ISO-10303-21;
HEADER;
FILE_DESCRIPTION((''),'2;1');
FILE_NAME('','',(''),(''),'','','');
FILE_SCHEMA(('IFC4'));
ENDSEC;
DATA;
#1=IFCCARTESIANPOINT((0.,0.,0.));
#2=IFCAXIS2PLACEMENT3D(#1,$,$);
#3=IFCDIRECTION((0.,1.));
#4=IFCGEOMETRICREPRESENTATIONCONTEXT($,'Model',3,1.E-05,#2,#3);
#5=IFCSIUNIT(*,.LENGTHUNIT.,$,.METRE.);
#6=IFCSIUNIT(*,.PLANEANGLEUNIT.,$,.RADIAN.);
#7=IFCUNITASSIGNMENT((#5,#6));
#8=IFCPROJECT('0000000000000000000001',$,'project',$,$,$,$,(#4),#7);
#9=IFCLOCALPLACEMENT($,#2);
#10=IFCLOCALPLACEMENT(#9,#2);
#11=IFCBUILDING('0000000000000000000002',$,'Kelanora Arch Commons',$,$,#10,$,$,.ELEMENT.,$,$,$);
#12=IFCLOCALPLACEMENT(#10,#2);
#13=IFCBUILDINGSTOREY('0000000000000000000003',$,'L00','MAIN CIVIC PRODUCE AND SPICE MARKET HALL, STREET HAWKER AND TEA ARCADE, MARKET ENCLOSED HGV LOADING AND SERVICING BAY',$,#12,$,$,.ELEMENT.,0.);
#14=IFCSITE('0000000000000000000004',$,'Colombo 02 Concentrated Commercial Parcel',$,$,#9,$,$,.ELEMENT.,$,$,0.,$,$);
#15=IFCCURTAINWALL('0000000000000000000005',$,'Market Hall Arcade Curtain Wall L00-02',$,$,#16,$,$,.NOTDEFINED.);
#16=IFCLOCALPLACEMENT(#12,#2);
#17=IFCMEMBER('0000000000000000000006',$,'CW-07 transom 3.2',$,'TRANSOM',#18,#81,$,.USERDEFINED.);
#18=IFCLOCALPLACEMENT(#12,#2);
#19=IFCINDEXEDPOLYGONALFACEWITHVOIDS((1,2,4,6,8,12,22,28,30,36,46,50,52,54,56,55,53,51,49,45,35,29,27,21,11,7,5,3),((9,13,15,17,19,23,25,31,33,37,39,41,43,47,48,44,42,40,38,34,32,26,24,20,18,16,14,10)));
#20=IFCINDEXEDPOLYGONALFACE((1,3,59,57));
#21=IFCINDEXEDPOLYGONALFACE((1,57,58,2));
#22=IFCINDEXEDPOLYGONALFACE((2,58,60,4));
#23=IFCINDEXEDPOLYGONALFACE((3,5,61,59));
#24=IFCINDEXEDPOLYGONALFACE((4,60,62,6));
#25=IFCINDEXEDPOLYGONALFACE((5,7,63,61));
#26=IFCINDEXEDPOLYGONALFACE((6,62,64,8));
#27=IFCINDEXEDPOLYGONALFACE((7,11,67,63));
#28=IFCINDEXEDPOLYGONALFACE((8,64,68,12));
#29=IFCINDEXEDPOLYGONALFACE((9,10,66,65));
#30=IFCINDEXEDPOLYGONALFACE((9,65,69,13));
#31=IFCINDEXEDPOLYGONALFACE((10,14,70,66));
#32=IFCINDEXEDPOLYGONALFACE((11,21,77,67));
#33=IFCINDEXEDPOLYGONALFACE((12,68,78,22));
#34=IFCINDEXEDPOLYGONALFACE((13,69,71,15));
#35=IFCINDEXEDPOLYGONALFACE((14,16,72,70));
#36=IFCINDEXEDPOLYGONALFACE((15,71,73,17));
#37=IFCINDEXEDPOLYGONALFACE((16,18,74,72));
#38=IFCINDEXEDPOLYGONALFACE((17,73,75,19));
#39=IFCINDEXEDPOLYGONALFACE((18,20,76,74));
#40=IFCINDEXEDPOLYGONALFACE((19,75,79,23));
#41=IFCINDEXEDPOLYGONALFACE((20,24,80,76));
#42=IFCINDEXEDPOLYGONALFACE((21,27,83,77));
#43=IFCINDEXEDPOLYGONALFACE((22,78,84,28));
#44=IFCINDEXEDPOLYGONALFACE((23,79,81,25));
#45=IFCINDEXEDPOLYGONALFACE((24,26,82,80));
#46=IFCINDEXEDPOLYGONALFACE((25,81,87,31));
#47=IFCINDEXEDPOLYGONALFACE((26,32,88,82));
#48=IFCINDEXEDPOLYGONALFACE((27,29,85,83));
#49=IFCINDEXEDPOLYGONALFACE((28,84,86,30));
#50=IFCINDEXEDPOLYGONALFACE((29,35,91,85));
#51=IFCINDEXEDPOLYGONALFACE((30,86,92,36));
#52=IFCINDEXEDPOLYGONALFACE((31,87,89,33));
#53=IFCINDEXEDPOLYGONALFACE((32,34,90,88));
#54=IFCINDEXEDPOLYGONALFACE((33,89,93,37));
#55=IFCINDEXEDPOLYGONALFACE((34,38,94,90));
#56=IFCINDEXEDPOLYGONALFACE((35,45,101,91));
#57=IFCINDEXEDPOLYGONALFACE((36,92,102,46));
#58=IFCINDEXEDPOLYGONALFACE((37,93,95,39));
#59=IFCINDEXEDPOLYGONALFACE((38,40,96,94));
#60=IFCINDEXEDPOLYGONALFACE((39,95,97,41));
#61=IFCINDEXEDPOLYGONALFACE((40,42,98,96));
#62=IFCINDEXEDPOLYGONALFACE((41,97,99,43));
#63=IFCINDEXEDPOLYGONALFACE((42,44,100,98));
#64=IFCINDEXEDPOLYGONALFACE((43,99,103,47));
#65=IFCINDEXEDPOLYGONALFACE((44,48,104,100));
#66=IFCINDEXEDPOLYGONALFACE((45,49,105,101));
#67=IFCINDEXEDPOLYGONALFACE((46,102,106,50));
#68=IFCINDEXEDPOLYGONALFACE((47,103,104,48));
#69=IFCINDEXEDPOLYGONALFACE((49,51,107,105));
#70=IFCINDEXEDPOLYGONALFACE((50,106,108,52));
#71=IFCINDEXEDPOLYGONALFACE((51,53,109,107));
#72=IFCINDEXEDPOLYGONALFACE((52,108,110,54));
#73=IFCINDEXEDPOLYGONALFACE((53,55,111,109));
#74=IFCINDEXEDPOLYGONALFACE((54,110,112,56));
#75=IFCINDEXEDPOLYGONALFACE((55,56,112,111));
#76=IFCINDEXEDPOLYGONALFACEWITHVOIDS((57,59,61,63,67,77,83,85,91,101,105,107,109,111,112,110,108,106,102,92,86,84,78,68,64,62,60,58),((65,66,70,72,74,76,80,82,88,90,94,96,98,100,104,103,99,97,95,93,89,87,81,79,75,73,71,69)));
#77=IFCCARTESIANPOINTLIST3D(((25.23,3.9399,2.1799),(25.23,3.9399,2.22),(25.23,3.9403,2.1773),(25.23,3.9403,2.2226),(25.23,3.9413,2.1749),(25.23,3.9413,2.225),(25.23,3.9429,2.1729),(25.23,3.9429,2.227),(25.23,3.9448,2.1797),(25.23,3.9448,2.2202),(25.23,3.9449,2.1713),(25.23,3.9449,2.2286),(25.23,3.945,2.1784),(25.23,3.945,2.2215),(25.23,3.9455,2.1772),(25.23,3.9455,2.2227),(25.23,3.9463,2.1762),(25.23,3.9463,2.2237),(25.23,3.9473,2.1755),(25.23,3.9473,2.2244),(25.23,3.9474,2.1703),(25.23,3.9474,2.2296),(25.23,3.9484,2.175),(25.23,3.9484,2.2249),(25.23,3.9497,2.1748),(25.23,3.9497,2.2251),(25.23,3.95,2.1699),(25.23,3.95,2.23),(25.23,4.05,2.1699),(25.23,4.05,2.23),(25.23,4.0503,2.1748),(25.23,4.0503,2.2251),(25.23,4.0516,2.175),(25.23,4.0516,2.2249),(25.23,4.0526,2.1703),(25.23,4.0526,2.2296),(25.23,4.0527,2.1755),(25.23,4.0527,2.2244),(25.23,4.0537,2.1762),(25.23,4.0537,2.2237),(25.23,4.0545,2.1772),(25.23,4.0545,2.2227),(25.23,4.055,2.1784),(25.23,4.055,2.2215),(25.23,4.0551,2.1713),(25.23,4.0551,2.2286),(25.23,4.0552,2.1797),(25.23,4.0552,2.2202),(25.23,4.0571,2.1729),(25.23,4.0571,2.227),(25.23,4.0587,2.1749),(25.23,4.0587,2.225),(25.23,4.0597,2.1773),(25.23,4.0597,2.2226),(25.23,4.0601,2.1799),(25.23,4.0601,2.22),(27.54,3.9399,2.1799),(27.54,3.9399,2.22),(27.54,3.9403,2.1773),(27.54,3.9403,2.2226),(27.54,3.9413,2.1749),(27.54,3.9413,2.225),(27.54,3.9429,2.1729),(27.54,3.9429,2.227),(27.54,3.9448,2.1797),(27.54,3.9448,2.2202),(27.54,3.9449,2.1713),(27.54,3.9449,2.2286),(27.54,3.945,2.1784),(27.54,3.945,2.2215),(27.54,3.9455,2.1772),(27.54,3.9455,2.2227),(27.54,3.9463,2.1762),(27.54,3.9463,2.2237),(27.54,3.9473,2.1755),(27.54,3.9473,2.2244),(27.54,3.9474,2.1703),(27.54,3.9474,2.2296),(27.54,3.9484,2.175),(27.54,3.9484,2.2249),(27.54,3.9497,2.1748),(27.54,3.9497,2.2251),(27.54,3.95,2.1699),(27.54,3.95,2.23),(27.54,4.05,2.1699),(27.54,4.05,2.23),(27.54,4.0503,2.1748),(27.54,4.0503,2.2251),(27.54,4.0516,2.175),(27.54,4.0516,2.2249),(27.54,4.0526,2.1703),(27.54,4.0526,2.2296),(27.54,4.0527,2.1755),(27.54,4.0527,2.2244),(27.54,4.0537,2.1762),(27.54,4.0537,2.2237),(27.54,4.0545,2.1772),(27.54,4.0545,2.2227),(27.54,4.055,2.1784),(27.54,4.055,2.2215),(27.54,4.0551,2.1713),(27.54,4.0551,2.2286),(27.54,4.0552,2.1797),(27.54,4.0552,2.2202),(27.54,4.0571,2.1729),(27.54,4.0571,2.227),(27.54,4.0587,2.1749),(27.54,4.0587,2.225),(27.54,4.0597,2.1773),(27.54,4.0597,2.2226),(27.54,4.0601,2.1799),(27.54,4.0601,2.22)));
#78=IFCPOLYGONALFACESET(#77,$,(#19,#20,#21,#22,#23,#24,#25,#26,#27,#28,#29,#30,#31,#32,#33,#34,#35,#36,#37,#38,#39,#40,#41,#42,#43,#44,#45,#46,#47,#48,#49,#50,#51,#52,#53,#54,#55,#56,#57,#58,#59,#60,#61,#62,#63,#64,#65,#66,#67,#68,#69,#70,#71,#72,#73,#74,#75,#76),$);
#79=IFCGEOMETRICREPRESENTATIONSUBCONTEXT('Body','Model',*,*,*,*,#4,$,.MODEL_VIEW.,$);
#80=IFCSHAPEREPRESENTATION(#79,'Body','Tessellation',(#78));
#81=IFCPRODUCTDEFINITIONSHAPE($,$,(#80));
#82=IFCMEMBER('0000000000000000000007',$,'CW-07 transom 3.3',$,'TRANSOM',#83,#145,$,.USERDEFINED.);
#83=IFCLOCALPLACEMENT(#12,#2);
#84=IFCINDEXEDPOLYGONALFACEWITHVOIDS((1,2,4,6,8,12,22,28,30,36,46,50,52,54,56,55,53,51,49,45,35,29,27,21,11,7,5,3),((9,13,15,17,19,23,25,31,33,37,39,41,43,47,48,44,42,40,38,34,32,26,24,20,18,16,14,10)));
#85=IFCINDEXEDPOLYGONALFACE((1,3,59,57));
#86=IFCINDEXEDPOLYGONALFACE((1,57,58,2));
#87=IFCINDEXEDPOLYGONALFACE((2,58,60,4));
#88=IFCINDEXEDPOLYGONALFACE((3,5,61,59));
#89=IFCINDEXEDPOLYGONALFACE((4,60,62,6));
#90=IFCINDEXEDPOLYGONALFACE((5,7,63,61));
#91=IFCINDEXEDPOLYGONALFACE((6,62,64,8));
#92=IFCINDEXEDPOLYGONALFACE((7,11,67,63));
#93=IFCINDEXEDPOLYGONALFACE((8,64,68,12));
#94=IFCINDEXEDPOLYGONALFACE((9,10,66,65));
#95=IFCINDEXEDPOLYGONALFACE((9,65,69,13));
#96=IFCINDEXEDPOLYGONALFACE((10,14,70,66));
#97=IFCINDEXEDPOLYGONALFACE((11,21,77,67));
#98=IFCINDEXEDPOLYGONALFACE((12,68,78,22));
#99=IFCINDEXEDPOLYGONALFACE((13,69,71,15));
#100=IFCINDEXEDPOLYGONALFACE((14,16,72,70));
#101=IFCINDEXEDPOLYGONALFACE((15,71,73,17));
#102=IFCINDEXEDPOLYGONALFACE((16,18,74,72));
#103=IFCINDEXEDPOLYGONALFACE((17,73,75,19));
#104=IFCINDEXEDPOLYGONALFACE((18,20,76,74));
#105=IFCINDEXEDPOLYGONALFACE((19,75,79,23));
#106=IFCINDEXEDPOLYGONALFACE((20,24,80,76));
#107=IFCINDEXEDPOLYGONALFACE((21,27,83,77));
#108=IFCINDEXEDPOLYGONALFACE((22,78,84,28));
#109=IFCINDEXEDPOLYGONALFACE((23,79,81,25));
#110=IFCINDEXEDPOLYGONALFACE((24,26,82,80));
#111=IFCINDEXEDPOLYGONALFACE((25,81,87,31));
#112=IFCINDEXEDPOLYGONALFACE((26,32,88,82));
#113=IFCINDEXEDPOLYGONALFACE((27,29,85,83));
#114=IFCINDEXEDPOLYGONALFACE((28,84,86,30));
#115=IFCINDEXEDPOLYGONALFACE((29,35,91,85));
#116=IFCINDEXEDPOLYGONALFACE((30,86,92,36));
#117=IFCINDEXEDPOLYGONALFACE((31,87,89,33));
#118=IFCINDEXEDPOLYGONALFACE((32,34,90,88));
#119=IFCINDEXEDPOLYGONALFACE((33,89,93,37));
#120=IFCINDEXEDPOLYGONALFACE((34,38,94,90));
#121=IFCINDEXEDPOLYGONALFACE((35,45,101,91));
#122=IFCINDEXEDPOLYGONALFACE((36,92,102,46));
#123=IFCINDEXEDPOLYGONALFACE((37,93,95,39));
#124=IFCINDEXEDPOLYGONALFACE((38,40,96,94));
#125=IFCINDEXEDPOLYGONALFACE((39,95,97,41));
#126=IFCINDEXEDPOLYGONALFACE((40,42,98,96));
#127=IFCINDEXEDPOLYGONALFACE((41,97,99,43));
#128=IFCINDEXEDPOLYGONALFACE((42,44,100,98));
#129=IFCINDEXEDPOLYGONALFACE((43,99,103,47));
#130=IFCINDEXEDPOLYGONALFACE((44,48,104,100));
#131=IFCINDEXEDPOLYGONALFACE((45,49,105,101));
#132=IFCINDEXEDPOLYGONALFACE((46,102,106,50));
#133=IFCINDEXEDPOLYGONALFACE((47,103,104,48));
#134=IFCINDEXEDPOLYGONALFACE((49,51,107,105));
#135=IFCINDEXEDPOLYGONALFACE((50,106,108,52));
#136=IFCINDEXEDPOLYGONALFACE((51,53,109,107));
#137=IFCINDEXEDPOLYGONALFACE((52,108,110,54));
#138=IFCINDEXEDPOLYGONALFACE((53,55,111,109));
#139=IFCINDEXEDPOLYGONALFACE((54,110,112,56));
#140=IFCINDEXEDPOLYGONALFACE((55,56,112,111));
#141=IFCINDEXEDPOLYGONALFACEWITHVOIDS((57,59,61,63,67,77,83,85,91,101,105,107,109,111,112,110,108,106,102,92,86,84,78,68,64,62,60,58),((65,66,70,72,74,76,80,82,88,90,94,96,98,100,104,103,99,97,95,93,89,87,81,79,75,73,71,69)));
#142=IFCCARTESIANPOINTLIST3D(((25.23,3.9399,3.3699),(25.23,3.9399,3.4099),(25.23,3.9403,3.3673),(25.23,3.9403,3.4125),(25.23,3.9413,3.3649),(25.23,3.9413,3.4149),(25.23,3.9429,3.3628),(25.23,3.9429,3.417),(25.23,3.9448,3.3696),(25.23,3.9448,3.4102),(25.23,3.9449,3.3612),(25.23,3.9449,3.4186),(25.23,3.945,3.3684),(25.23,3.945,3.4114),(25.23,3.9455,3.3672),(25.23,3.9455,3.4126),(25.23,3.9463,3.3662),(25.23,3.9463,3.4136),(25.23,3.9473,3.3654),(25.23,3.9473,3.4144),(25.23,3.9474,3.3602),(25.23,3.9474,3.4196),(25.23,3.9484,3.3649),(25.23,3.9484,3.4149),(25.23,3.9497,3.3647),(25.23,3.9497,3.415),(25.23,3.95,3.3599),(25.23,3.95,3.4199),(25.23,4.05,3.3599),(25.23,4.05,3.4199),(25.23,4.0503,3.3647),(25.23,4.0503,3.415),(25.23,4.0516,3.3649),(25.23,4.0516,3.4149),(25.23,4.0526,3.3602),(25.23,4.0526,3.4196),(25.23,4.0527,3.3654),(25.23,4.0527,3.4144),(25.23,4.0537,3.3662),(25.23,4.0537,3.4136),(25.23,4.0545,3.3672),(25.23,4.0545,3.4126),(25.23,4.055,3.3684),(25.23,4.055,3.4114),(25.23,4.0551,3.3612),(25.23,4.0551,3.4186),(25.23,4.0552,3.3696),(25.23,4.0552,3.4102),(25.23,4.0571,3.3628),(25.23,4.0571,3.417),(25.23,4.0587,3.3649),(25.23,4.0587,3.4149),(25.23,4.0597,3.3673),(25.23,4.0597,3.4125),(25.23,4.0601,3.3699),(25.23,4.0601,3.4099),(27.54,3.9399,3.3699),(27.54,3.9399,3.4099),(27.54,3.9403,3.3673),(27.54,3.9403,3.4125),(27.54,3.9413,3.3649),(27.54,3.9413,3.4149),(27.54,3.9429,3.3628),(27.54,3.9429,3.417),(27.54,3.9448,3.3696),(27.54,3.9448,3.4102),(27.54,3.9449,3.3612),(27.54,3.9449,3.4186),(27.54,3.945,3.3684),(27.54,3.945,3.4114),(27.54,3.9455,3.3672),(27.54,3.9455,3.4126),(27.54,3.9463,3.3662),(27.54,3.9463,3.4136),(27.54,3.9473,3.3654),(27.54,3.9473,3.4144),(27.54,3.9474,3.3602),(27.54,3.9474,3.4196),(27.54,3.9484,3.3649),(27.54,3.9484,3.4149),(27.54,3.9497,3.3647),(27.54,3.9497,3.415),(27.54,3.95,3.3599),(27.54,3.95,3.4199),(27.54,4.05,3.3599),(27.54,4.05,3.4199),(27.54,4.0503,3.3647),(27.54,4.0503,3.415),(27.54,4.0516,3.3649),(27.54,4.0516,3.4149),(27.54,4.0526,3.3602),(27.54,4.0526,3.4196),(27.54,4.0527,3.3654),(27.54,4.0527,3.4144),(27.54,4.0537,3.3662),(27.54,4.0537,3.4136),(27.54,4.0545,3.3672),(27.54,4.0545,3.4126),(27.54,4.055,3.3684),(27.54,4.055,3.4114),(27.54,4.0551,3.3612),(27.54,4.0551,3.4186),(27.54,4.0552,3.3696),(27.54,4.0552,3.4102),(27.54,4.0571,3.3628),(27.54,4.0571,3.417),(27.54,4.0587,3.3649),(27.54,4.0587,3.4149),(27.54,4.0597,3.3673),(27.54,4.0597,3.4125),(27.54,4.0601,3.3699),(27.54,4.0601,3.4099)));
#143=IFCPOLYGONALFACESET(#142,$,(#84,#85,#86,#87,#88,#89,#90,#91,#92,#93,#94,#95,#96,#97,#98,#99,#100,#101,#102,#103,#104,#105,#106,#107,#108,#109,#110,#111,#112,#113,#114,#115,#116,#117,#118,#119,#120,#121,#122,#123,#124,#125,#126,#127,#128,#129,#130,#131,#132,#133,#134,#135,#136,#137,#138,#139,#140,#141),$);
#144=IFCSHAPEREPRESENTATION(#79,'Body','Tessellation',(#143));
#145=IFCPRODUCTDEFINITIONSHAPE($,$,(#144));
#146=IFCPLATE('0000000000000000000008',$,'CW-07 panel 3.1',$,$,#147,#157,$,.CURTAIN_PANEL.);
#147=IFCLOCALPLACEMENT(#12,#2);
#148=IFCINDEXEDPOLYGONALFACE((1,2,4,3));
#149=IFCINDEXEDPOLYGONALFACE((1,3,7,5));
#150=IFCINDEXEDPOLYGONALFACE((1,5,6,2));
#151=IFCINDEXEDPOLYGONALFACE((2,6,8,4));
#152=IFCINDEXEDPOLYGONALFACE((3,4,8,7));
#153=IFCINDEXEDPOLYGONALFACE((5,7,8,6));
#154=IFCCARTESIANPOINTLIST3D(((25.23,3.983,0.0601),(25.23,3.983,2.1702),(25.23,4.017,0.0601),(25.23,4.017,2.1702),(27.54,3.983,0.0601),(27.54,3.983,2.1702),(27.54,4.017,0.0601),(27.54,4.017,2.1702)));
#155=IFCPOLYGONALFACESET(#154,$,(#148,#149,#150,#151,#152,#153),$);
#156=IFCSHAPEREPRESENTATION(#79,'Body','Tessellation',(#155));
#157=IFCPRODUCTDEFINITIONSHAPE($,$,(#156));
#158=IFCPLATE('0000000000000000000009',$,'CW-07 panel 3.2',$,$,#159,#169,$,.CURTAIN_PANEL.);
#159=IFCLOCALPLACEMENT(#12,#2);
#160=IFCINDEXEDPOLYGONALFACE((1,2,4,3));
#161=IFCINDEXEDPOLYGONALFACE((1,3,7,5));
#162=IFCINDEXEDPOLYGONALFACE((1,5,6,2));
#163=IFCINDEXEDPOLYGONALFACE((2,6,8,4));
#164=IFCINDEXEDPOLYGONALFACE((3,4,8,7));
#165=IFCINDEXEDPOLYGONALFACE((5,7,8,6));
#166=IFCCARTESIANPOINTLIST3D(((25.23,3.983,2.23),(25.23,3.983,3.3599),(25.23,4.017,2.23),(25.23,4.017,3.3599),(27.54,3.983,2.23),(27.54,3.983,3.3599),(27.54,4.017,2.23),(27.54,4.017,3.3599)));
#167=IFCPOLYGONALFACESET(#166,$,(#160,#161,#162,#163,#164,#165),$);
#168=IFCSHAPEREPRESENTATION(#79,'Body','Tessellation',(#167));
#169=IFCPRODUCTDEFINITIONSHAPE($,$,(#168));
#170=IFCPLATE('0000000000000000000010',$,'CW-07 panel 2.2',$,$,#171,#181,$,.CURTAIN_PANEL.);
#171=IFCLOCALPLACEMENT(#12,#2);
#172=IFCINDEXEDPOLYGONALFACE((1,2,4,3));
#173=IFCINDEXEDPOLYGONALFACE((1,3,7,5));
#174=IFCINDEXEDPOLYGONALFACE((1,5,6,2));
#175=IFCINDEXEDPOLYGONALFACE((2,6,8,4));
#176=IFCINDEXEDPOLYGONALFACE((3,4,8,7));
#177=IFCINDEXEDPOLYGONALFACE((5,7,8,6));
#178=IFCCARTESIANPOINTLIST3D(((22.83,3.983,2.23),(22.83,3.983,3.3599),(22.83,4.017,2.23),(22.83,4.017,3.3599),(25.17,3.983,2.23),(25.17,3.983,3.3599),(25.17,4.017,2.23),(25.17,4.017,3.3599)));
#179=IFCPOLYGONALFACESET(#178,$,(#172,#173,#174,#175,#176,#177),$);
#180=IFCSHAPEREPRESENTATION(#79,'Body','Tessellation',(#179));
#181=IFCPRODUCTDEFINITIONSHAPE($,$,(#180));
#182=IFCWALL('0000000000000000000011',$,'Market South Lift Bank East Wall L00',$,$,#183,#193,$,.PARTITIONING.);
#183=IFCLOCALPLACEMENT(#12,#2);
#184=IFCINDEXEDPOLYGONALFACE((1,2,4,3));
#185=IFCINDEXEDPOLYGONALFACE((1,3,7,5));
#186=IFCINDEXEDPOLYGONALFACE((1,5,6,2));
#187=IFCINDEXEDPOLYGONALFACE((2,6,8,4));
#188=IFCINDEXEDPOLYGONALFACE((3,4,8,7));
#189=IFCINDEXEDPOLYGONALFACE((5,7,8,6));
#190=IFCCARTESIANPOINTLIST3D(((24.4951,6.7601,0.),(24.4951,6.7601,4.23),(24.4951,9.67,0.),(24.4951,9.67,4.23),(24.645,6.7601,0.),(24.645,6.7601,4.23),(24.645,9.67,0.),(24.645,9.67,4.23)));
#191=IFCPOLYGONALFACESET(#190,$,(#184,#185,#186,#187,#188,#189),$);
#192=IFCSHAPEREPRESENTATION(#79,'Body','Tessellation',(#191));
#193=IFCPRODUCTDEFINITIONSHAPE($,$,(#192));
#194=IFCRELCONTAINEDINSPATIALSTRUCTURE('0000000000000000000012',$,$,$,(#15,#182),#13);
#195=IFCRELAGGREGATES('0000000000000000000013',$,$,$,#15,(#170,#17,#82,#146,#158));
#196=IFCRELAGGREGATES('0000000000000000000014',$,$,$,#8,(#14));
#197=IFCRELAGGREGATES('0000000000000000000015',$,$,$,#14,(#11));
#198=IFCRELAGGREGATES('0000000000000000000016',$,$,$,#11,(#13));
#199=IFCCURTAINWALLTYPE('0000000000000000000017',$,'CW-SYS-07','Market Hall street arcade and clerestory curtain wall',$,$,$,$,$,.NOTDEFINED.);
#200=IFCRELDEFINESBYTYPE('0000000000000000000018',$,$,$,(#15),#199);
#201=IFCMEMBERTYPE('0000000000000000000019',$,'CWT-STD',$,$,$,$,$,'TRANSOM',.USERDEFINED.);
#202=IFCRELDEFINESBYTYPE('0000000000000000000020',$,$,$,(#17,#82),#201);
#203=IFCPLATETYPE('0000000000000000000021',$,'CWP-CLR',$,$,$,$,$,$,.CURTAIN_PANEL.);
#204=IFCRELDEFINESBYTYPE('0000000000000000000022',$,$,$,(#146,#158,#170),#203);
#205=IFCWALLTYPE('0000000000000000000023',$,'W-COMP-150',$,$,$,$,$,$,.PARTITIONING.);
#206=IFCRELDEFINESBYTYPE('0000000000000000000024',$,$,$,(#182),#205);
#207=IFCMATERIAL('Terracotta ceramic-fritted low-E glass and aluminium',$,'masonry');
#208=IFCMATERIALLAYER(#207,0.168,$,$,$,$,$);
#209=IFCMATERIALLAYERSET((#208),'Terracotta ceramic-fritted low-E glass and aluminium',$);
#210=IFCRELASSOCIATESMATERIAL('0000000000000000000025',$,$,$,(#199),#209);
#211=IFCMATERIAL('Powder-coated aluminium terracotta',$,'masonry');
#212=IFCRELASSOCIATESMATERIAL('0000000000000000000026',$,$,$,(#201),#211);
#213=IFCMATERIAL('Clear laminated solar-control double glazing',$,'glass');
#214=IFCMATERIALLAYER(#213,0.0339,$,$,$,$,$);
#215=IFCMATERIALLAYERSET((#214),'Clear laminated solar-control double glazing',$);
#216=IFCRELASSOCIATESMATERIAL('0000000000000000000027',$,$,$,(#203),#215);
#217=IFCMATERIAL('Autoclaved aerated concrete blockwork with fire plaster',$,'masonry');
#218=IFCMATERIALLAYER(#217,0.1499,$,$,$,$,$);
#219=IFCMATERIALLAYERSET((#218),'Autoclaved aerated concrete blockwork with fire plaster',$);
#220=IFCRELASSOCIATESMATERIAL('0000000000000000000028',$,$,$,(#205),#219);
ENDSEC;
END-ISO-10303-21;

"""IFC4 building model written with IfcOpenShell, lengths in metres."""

from ifc_helpers import new_model, si_unit, direction, frame, frame_2d, origin, origin_2d, place, context, subcontext, project, spatial, rectangle, hollow_rectangle, extrude, source, transform, mapped, material, layer, layer_set, material_profile, profile_set, type_object, element, aggregate, save


model = new_model("IFC4")

# Units and contexts
model_context = context("Model", 3, precision=1e-05, world=origin(), true_north=direction((0.0, 1.0)))
body_context = subcontext(model_context, "Body", "Model", "MODEL_VIEW")
ifc_project = project(units=[si_unit("LENGTHUNIT", "METRE"), si_unit("PLANEANGLEUNIT", "RADIAN")], contexts=[model_context])

# Site, building, storey
site_placement = place(None, origin())
site = spatial("IfcSite", under=ifc_project, at=site_placement, Name="Colombo 02 Concentrated Commercial Parcel", CompositionType="ELEMENT", RefElevation=0.0)
building_placement = place(site_placement, origin())
building = spatial("IfcBuilding", under=site, at=building_placement, Name="Kelanora Arch Commons", CompositionType="ELEMENT")
storey_placement = place(building_placement, origin())
storey = spatial("IfcBuildingStorey", under=building, at=storey_placement, Name="L00", Description="MAIN CIVIC PRODUCE AND SPICE MARKET HALL, STREET HAWKER AND TEA ARCADE, MARKET ENCLOSED HGV LOADING AND SERVICING BAY", CompositionType="ELEMENT", Elevation=0.0)

# Curtain wall, members, plates
ifc_material_1 = material(Name="Terracotta ceramic-fritted low-E glass and aluminium", Category="masonry")
ifc_layer_1 = layer(ifc_material_1, 0.168)
ifc_layer_set_1 = layer_set([ifc_layer_1], Name="Terracotta ceramic-fritted low-E glass and aluminium")
curtain_wall_type = type_object("IfcCurtainWallType", Name="CW-SYS-07", Description="Market Hall street arcade and clerestory curtain wall", PredefinedType="NOTDEFINED", material=ifc_layer_set_1)
curtain_wall_placement = place(storey_placement, origin())
curtain_wall = element("IfcCurtainWall", 1, at=curtain_wall_placement, inside=storey, type_object=curtain_wall_type, Name="Market Hall Arcade Curtain Wall L00-02", PredefinedType="NOTDEFINED")
ifc_material_2 = material(Name="Powder-coated aluminium terracotta", Category="masonry")
ifc_material_profile_1 = material_profile(ifc_material_2, hollow_rectangle(XDim=0.1201, YDim=0.0601, WallThickness=0.0049, InnerFilletRadius=0.0049, OuterFilletRadius=0.01, at=origin_2d()), Name="CWT120x60")
ifc_profile_set_1 = profile_set([ifc_material_profile_1], Name="Powder-coated aluminium terracotta")
member_type_1 = type_object("IfcMemberType", Name="CWT-STD", ElementType="TRANSOM", PredefinedType="USERDEFINED", material=ifc_profile_set_1)
member_1_placement = place(storey_placement, frame((25.23, 4.0, 2.2), z_axis=(1.0, 0.0, 0.0), x_axis=(0.0, 1.0, 0.0)))
member_1 = element("IfcMember", 2, at=member_1_placement, type_object=member_type_1, Name="CW-07 transom 3.2", ObjectType="TRANSOM", PredefinedType="USERDEFINED", context=body_context, shape_type="SweptSolid", body=[
    extrude(hollow_rectangle(XDim=0.1201, YDim=0.0601, WallThickness=0.0049, InnerFilletRadius=0.0049, OuterFilletRadius=0.01, at=origin_2d()), origin(), (0.0, 0.0, 1.0), 2.3101),
])
member_2_placement = place(storey_placement, frame((25.23, 4.0, 3.3899), z_axis=(1.0, 0.0, 0.0), x_axis=(0.0, 1.0, 0.0)))
member_2 = element("IfcMember", 3, at=member_2_placement, type_object=member_type_1, Name="CW-07 transom 3.3", ObjectType="TRANSOM", PredefinedType="USERDEFINED", context=body_context, shape_type="SweptSolid", body=[
    extrude(hollow_rectangle(XDim=0.1201, YDim=0.0601, WallThickness=0.0049, InnerFilletRadius=0.0049, OuterFilletRadius=0.01, at=origin_2d()), origin(), (0.0, 0.0, 1.0), 2.3101),
])
ifc_material_3 = material(Name="Clear laminated solar-control double glazing", Category="glass")
ifc_layer_2 = layer(ifc_material_3, 0.0339)
ifc_layer_set_2 = layer_set([ifc_layer_2], Name="Clear laminated solar-control double glazing")
plate_type = type_object("IfcPlateType", Name="CWP-CLR", PredefinedType="CURTAIN_PANEL", material=ifc_layer_set_2)
shared_shape_1 = source(origin(), body_context, "Body", "SweptSolid", [
    extrude(rectangle(XDim=2.3101, YDim=0.0339, at=origin_2d()), origin(), (0.0, 0.0, 1.0), 2.1101),
])
plate_1_placement = place(storey_placement, frame((26.385, 4.0, 0.0601), z_axis=(0.0, 0.0, 1.0), x_axis=(1.0, 0.0, 0.0)))
plate_1 = element("IfcPlate", 4, at=plate_1_placement, type_object=plate_type, Name="CW-07 panel 3.1", PredefinedType="CURTAIN_PANEL", context=body_context, shape_type="MappedRepresentation", body=[
    mapped(shared_shape_1, transform((0.0, 0.0, 0.0), scale=1.0)),
])
shared_shape_2 = source(origin(), body_context, "Body", "SweptSolid", [
    extrude(rectangle(XDim=2.3101, YDim=0.0339, at=origin_2d()), origin(), (0.0, 0.0, 1.0), 1.1299),
])
plate_2_placement = place(storey_placement, frame((26.385, 4.0, 2.23), z_axis=(0.0, 0.0, 1.0), x_axis=(1.0, 0.0, 0.0)))
plate_2 = element("IfcPlate", 5, at=plate_2_placement, type_object=plate_type, Name="CW-07 panel 3.2", PredefinedType="CURTAIN_PANEL", context=body_context, shape_type="MappedRepresentation", body=[
    mapped(shared_shape_2, transform((0.0, 0.0, 0.0), scale=1.0)),
])
shared_shape_3 = source(origin(), body_context, "Body", "SweptSolid", [
    extrude(rectangle(XDim=2.3401, YDim=0.0339, at=origin_2d()), origin(), (0.0, 0.0, 1.0), 1.1299),
])
plate_3_placement = place(storey_placement, frame((24.0, 4.0, 2.23), z_axis=(0.0, 0.0, 1.0), x_axis=(1.0, 0.0, 0.0)))
plate_3 = element("IfcPlate", 6, at=plate_3_placement, type_object=plate_type, Name="CW-07 panel 2.2", PredefinedType="CURTAIN_PANEL", context=body_context, shape_type="MappedRepresentation", body=[
    mapped(shared_shape_3, transform((0.0, 0.0, 0.0), scale=1.0)),
])
aggregate(curtain_wall, [plate_3, member_1, member_2, plate_1, plate_2])

# Wall
ifc_material_4 = material(Name="Autoclaved aerated concrete blockwork with fire plaster", Category="masonry")
ifc_layer_3 = layer(ifc_material_4, 0.1499)
ifc_layer_set_3 = layer_set([ifc_layer_3], Name="Autoclaved aerated concrete blockwork with fire plaster")
wall_type_1 = type_object("IfcWallType", Name="W-COMP-150", PredefinedType="PARTITIONING", material=ifc_layer_set_3)
wall_1_placement = place(storey_placement, frame((24.5701, 6.76, 0.0), z_axis=(0.0, 0.0, 1.0), x_axis=(0.0, 1.0, 0.0)))
element("IfcWall", 7, at=wall_1_placement, inside=storey, type_object=wall_type_1, Name="Market South Lift Bank East Wall L00", PredefinedType="PARTITIONING", context=body_context, shape_type="SweptSolid", body=[
    extrude(rectangle(XDim=2.9099, YDim=0.1499, at=frame_2d((1.4551, 0.0))), origin(), (0.0, 0.0, 1.0), 4.23),
])

save(model, "model.ifc")
